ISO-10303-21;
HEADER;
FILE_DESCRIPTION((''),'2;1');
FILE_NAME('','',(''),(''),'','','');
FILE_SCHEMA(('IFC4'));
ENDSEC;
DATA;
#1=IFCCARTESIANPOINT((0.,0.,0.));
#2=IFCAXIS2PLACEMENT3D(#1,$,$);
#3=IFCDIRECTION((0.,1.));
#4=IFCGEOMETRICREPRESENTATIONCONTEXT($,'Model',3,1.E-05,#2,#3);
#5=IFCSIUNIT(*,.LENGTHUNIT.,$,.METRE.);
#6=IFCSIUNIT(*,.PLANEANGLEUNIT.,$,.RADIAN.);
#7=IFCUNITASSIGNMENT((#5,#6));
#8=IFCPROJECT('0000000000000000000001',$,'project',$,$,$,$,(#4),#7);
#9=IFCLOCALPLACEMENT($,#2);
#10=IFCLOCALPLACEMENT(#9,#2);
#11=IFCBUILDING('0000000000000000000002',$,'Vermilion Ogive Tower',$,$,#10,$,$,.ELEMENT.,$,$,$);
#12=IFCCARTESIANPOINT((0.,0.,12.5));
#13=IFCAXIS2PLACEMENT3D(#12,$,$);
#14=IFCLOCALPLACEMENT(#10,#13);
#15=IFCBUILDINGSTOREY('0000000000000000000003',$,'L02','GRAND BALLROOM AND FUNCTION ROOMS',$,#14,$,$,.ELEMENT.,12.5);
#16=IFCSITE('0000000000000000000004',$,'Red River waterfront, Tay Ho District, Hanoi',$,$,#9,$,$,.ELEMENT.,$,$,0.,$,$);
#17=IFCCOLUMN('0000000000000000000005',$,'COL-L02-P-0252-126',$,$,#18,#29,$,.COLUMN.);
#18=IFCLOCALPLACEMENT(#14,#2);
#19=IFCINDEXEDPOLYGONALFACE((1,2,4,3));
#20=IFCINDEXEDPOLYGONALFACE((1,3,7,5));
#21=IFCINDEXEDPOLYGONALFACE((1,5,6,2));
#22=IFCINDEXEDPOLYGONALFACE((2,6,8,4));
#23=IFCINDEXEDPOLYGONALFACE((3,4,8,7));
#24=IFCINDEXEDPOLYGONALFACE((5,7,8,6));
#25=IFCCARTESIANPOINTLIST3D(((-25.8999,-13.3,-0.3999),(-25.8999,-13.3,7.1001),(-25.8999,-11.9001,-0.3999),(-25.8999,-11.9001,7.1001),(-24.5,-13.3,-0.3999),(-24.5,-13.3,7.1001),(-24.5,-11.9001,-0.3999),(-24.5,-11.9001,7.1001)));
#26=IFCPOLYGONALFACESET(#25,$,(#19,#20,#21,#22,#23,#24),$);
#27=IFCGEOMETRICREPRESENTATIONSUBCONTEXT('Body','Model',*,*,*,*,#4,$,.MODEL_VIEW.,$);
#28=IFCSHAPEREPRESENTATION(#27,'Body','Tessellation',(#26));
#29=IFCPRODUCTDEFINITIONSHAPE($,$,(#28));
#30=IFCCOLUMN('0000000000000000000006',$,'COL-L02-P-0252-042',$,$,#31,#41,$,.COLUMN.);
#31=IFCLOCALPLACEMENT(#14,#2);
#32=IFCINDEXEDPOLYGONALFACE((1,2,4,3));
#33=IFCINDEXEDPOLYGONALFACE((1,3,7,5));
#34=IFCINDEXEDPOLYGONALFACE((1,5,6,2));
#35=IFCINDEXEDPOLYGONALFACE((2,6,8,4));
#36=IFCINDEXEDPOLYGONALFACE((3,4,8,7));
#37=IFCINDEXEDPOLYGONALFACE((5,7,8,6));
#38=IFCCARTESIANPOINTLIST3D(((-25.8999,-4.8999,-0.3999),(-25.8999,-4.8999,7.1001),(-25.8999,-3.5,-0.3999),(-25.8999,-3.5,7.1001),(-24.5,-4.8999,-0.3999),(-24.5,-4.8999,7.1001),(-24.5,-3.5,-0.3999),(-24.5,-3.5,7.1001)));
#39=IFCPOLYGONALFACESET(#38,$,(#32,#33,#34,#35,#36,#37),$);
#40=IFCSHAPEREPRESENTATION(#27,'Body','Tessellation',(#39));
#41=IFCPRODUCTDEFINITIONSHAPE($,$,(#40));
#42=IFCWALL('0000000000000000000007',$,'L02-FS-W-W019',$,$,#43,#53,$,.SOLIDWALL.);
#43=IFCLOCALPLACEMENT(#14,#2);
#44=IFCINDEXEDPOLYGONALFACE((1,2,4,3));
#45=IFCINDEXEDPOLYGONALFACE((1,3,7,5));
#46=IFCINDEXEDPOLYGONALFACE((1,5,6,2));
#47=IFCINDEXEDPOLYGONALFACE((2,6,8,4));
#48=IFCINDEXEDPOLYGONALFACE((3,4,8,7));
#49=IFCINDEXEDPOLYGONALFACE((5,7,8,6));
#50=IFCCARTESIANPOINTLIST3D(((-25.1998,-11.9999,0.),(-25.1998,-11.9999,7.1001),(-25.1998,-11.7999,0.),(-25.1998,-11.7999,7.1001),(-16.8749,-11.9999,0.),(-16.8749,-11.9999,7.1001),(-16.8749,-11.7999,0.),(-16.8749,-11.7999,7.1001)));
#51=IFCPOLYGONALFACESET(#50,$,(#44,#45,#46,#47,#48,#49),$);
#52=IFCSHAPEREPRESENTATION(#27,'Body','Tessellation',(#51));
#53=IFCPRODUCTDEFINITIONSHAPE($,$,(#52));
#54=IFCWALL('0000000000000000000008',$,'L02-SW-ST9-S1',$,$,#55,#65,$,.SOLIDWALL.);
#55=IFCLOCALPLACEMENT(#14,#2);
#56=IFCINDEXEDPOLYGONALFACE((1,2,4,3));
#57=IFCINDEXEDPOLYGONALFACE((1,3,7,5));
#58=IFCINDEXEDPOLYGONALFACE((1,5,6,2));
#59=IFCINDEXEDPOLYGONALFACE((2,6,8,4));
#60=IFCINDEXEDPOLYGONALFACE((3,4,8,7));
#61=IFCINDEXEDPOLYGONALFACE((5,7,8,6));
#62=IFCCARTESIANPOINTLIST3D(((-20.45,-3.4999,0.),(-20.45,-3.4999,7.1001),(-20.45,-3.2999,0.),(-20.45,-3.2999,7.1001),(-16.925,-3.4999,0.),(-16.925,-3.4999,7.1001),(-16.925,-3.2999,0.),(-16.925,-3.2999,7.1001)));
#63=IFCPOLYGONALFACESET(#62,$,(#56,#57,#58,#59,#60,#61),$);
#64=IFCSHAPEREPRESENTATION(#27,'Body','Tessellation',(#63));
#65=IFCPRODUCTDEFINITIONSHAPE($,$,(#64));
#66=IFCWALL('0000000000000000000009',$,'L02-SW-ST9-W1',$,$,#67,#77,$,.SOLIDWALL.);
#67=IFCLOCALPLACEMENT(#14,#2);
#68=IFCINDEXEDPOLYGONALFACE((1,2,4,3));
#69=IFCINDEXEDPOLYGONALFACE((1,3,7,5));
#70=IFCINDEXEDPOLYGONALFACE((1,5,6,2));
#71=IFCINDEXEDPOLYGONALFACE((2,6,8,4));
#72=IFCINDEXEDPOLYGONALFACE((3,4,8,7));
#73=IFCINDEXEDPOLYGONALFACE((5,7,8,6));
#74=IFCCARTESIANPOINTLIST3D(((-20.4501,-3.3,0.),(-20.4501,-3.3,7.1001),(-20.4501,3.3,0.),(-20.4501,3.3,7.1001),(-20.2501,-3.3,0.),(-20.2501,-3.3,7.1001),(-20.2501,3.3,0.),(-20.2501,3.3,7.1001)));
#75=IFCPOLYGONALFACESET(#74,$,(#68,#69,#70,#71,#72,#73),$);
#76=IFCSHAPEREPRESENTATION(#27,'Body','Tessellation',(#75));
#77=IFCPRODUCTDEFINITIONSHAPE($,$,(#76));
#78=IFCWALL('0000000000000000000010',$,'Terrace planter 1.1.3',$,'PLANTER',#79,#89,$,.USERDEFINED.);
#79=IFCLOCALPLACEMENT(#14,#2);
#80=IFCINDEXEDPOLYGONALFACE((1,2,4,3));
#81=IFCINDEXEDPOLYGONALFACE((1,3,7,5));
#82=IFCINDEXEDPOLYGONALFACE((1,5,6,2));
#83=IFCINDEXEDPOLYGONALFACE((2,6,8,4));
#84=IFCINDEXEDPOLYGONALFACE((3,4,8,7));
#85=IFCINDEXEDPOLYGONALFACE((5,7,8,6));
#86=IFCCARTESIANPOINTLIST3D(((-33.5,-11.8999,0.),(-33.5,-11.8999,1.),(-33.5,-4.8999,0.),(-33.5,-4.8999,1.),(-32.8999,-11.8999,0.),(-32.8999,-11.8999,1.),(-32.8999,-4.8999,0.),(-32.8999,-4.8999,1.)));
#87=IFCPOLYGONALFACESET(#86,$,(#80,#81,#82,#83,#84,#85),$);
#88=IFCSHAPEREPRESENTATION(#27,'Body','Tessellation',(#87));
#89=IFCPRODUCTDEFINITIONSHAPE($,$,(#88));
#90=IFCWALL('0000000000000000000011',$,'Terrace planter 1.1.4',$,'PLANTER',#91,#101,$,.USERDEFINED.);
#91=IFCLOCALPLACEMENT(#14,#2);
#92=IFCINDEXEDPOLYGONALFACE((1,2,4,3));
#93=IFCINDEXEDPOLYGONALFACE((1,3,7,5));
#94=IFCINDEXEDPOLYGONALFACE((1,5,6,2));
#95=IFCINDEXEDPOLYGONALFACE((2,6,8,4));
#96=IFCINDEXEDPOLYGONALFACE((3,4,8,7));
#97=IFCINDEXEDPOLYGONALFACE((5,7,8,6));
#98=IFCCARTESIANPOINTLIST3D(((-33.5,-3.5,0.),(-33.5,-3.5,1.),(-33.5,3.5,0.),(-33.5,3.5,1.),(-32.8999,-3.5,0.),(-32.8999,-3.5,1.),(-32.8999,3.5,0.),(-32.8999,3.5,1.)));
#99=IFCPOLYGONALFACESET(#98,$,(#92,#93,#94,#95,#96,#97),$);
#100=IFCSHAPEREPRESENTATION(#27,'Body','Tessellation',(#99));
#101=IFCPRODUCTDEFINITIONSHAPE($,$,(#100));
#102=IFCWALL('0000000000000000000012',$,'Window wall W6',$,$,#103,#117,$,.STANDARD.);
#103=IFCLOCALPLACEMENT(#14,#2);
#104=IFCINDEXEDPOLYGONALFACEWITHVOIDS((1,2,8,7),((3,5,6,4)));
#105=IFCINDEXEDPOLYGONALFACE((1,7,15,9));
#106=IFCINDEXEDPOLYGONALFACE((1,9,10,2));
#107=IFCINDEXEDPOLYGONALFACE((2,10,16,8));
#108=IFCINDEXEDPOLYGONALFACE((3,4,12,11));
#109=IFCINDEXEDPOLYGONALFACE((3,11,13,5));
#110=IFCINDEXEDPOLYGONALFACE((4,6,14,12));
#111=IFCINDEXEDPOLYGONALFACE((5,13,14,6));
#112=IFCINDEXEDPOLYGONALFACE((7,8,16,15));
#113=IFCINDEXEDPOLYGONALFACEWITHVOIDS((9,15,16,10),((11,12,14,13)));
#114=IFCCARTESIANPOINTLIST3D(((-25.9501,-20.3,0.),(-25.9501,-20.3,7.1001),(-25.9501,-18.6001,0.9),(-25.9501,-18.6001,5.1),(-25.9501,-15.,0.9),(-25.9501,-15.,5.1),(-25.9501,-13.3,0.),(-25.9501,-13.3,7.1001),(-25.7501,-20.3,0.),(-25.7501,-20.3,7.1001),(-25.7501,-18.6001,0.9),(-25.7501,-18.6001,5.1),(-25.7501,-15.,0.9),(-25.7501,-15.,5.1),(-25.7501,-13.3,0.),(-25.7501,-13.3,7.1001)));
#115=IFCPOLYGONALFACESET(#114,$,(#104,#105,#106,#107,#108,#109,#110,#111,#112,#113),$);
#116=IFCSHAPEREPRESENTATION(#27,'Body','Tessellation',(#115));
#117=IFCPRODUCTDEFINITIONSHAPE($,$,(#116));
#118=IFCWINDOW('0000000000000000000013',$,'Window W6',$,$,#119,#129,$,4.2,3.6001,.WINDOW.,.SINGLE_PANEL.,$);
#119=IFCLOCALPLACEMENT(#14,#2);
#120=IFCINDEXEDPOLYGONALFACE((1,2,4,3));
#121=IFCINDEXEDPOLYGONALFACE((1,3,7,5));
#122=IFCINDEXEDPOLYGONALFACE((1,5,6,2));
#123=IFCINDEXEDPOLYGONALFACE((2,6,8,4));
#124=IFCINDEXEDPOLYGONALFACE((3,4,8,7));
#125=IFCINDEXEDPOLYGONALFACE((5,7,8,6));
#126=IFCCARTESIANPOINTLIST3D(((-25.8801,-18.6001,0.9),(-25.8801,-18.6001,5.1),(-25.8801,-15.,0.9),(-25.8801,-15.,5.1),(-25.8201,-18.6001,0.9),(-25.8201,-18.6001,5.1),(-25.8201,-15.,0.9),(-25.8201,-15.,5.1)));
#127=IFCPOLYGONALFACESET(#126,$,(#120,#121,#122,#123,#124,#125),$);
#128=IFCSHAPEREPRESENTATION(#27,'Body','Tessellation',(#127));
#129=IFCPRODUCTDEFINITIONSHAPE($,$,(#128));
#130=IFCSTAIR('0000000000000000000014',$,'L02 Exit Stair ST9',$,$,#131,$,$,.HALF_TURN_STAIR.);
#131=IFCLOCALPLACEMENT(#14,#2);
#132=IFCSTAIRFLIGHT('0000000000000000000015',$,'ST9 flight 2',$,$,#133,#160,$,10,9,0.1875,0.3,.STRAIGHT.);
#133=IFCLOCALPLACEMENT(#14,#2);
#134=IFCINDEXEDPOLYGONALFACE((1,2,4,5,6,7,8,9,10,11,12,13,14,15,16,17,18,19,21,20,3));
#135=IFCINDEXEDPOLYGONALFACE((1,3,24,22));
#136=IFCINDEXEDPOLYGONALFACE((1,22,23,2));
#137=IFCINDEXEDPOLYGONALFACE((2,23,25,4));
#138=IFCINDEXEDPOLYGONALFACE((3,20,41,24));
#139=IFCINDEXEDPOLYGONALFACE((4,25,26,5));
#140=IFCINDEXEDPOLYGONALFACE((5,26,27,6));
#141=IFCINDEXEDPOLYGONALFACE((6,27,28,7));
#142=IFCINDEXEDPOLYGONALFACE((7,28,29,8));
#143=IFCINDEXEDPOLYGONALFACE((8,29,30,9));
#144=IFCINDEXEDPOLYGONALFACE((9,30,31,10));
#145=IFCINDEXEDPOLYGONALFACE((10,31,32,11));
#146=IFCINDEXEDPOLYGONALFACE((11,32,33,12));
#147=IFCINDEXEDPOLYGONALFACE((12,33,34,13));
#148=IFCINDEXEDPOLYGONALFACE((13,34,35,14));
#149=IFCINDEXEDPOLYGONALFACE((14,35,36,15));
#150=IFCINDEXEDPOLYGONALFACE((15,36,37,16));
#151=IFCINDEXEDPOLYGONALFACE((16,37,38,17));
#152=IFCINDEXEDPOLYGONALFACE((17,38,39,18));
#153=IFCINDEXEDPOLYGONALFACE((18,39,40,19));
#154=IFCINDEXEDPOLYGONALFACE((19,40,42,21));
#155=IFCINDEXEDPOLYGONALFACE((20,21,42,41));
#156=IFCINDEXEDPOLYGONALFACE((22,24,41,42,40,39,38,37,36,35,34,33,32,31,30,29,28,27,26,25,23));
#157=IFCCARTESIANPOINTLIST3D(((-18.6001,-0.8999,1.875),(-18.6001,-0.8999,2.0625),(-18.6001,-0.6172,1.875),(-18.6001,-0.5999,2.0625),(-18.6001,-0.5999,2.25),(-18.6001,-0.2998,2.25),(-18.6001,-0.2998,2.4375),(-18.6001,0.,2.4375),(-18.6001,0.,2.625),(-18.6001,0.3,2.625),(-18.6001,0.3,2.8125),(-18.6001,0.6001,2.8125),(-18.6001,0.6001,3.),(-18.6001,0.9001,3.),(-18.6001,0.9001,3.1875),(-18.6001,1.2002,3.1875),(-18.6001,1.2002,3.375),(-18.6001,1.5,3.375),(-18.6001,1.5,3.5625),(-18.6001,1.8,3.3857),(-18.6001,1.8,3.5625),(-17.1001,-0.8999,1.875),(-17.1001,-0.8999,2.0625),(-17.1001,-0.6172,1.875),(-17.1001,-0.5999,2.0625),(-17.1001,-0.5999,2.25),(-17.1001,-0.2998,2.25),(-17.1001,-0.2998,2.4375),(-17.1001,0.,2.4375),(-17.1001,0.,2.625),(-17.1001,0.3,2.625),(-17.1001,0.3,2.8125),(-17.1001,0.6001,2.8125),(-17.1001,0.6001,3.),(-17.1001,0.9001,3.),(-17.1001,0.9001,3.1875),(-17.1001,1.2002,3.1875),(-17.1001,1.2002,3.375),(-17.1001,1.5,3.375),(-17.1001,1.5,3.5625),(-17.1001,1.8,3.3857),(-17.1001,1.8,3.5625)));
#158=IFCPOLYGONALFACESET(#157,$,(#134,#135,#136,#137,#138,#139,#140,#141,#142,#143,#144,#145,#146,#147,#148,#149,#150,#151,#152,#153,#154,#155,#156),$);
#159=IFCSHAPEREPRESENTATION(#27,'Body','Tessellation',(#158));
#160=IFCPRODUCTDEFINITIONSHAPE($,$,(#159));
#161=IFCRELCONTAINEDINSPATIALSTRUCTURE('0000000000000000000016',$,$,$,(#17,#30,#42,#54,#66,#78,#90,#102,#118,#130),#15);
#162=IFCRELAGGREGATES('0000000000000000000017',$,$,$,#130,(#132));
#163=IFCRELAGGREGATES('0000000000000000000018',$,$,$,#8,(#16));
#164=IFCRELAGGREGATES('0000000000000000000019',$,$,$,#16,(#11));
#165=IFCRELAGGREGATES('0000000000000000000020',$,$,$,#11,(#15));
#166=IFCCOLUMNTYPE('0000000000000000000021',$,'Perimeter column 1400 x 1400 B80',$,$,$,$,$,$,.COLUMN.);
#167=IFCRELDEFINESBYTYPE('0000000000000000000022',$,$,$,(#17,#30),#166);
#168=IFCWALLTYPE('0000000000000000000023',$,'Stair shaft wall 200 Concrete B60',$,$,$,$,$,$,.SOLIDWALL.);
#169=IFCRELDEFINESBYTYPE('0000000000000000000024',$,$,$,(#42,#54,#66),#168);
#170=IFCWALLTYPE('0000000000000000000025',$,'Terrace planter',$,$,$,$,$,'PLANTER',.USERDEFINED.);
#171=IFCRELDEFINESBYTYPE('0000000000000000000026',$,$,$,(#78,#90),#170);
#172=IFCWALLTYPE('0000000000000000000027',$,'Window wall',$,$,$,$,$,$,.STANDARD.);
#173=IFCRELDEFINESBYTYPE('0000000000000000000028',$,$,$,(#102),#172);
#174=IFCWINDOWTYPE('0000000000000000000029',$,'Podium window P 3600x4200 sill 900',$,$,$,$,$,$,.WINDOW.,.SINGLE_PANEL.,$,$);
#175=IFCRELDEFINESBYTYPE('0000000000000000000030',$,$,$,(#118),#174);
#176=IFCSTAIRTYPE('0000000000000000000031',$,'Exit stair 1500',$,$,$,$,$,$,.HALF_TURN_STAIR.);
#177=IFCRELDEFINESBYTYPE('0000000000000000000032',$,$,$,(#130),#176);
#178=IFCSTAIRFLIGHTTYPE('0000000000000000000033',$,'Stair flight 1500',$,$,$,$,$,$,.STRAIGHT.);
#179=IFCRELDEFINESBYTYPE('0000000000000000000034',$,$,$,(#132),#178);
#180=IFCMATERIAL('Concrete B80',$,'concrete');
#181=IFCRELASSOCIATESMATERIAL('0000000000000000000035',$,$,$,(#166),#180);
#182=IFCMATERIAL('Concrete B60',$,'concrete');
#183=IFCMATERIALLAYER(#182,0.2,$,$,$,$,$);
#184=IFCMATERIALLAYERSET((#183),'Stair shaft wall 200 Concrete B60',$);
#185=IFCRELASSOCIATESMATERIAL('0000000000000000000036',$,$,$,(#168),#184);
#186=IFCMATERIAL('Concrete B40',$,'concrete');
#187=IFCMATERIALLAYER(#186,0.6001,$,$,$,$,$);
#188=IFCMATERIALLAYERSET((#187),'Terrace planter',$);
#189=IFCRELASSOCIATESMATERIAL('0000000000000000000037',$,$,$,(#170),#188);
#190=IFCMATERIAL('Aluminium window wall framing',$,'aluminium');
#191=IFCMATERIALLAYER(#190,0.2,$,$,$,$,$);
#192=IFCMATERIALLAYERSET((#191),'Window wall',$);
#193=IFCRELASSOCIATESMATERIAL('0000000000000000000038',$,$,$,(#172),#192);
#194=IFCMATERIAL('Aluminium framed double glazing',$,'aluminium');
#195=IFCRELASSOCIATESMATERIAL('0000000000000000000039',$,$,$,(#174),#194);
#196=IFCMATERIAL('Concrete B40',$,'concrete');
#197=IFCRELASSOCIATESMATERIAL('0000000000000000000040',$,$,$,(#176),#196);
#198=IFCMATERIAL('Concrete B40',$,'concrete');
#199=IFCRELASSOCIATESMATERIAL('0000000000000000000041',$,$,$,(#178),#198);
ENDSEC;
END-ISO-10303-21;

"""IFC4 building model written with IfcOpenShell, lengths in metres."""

from ifc_helpers import new_model, si_unit, direction, frame, frame_2d, origin, origin_2d, place, context, subcontext, project, spatial, polyline, rectangle, outline, extrude, material, layer, layer_set, material_profile, profile_set, type_object, element, fill, aggregate, save


model = new_model("IFC4")

# Units and contexts
model_context = context("Model", 3, precision=1e-05, world=origin(), true_north=direction((0.0, 1.0)))
body_context = subcontext(model_context, "Body", "Model", "MODEL_VIEW")
ifc_project = project(units=[si_unit("LENGTHUNIT", "METRE"), si_unit("PLANEANGLEUNIT", "RADIAN")], contexts=[model_context])

# Site, building, storey
site_placement = place(None, origin())
site = spatial("IfcSite", under=ifc_project, at=site_placement, Name="Red River waterfront, Tay Ho District, Hanoi", CompositionType="ELEMENT", RefElevation=0.0)
building_placement = place(site_placement, origin())
building = spatial("IfcBuilding", under=site, at=building_placement, Name="Vermilion Ogive Tower", CompositionType="ELEMENT")
storey_placement = place(building_placement, frame((0.0, 0.0, 12.5)))
storey = spatial("IfcBuildingStorey", under=building, at=storey_placement, Name="L02", Description="GRAND BALLROOM AND FUNCTION ROOMS", CompositionType="ELEMENT", Elevation=12.5)

# Columns
ifc_material_1 = material(Name="Concrete B80", Category="concrete")
ifc_material_profile = material_profile(ifc_material_1, rectangle(XDim=1.3999, YDim=1.3999, at=origin_2d()), Name="1400 x 1400")
ifc_profile_set = profile_set([ifc_material_profile], Name="Concrete B80")
column_type = type_object("IfcColumnType", Name="Perimeter column 1400 x 1400 B80", PredefinedType="COLUMN", material=ifc_profile_set)
for number, where, z_axis, x_axis, name in (
    (1, (-25.2, -12.6001, -0.3999), (0.0, 0.0, 1.0), (1.0, 0.0, 0.0), "COL-L02-P-0252-126"),
    (2, (-25.2, -4.2, -0.3999), (0.0, 0.0, 1.0), (1.0, 0.0, 0.0), "COL-L02-P-0252-042"),
):
    element("IfcColumn", number, at=place(storey_placement, frame(where, z_axis=z_axis, x_axis=x_axis)), inside=storey, type_object=column_type, Name=name, PredefinedType="COLUMN", context=body_context, shape_type="SweptSolid", body=[
        extrude(rectangle(XDim=1.3999, YDim=1.3999, at=origin_2d()), origin(), (0.0, 0.0, 1.0), 7.5),
    ])

# Walls
ifc_material_2 = material(Name="Concrete B60", Category="concrete")
ifc_layer_1 = layer(ifc_material_2, 0.2)
ifc_layer_set_1 = layer_set([ifc_layer_1], Name="Stair shaft wall 200 Concrete B60")
wall_type_1 = type_object("IfcWallType", Name="Stair shaft wall 200 Concrete B60", PredefinedType="SOLIDWALL", material=ifc_layer_set_1)
wall_1_placement = place(storey_placement, frame((-25.2, -11.8999, 0.0), z_axis=(0.0, 0.0, 1.0), x_axis=(1.0, 0.0, 0.0)))
element("IfcWall", 3, at=wall_1_placement, inside=storey, type_object=wall_type_1, Name="L02-FS-W-W019", PredefinedType="SOLIDWALL", context=body_context, shape_type="SweptSolid", body=[
    extrude(rectangle(XDim=8.325, YDim=0.2, at=frame_2d((4.1626, 0.0))), origin(), (0.0, 0.0, 1.0), 7.1001),
])
wall_2_placement = place(storey_placement, frame((-20.45, -3.3999, 0.0), z_axis=(0.0, 0.0, 1.0), x_axis=(1.0, 0.0, 0.0)))
element("IfcWall", 4, at=wall_2_placement, inside=storey, type_object=wall_type_1, Name="L02-SW-ST9-S1", PredefinedType="SOLIDWALL", context=body_context, shape_type="SweptSolid", body=[
    extrude(rectangle(XDim=3.5249, YDim=0.2, at=frame_2d((1.7625, 0.0))), origin(), (0.0, 0.0, 1.0), 7.1001),
])
wall_3_placement = place(storey_placement, frame((-20.3501, -3.3, 0.0), z_axis=(0.0, 0.0, 1.0), x_axis=(0.0, 1.0, 0.0)))
element("IfcWall", 5, at=wall_3_placement, inside=storey, type_object=wall_type_1, Name="L02-SW-ST9-W1", PredefinedType="SOLIDWALL", context=body_context, shape_type="SweptSolid", body=[
    extrude(rectangle(XDim=6.6001, YDim=0.2, at=frame_2d((3.3, 0.0))), origin(), (0.0, 0.0, 1.0), 7.1001),
])
ifc_material_3 = material(Name="Concrete B40", Category="concrete")
ifc_layer_2 = layer(ifc_material_3, 0.6001)
ifc_layer_set_2 = layer_set([ifc_layer_2], Name="Terrace planter")
wall_type_2 = type_object("IfcWallType", Name="Terrace planter", ElementType="PLANTER", PredefinedType="USERDEFINED", material=ifc_layer_set_2)
for number, where, z_axis, x_axis, name in (
    (6, (-33.2, -11.8999, 0.0), (0.0, 0.0, 1.0), (0.0, 1.0, 0.0), "Terrace planter 1.1.3"),
    (7, (-33.2, -3.5, 0.0), (0.0, 0.0, 1.0), (0.0, 1.0, 0.0), "Terrace planter 1.1.4"),
):
    element("IfcWall", number, at=place(storey_placement, frame(where, z_axis=z_axis, x_axis=x_axis)), inside=storey, type_object=wall_type_2, Name=name, ObjectType="PLANTER", PredefinedType="USERDEFINED", context=body_context, shape_type="SweptSolid", body=[
        extrude(rectangle(XDim=7.0, YDim=0.6001, at=frame_2d((3.5, 0.0))), origin(), (0.0, 0.0, 1.0), 1.0),
    ])

# Shared definitions
ifc_material_4 = material(Name="Aluminium window wall framing", Category="aluminium")
ifc_layer_3 = layer(ifc_material_4, 0.2)
ifc_layer_set_3 = layer_set([ifc_layer_3], Name="Window wall")
wall_type_3 = type_object("IfcWallType", Name="Window wall", PredefinedType="STANDARD", material=ifc_layer_set_3)

# Wall, opening, window
wall_4_placement = place(storey_placement, frame((-25.8501, -13.3, 0.0), z_axis=(0.0, 0.0, 1.0), x_axis=(0.0, -1.0, 0.0)))
wall_4 = element("IfcWall", 8, at=wall_4_placement, inside=storey, type_object=wall_type_3, Name="Window wall W6", PredefinedType="STANDARD", context=body_context, shape_type="SweptSolid", body=[
    extrude(rectangle(XDim=7.0, YDim=0.2, at=frame_2d((3.5, 0.0))), origin(), (0.0, 0.0, 1.0), 7.1001),
])
opening_1_placement = place(wall_4_placement, frame((1.7, 0.0, 0.8999)))
opening_1 = element("IfcOpeningElement", 9, at=opening_1_placement, cuts=wall_4, PredefinedType="OPENING", context=body_context, shape_type="SweptSolid", body=[
    extrude(rectangle(XDim=3.6001, YDim=4.2, at=frame_2d((1.8, 2.1001))), frame((0.0, 0.1099, 0.0), z_axis=(0.0, -1.0, 0.0), x_axis=(1.0, 0.0, 0.0)), (0.0, 0.0, 1.0), 0.22),
])
ifc_material_5 = material(Name="Aluminium framed double glazing", Category="aluminium")
window_type_1 = type_object("IfcWindowType", Name="Podium window P 3600x4200 sill 900", PartitioningType="SINGLE_PANEL", PredefinedType="WINDOW", material=ifc_material_5)
window_1_placement = place(opening_1_placement, origin())
window_1 = element("IfcWindow", 10, at=window_1_placement, inside=storey, type_object=window_type_1, Name="Window W6", OverallHeight=4.2, OverallWidth=3.6001, PartitioningType="SINGLE_PANEL", PredefinedType="WINDOW", context=body_context, shape_type="SweptSolid", body=[
    extrude(rectangle(XDim=3.6001, YDim=4.2, at=frame_2d((1.8, 2.1001))), frame((0.0, 0.03, 0.0), z_axis=(0.0, -1.0, 0.0), x_axis=(1.0, 0.0, 0.0)), (0.0, 0.0, 1.0), 0.0601),
])
fill(opening_1, window_1)

# Stair, stair flight
ifc_material_6 = material(Name="Concrete B40", Category="concrete")
stair_type = type_object("IfcStairType", Name="Exit stair 1500", PredefinedType="HALF_TURN_STAIR", material=ifc_material_6)
stair_1_placement = place(storey_placement, origin())
stair_1 = element("IfcStair", 11, at=stair_1_placement, inside=storey, type_object=stair_type, Name="L02 Exit Stair ST9", PredefinedType="HALF_TURN_STAIR")
ifc_material_7 = material(Name="Concrete B40", Category="concrete")
stair_flight_type = type_object("IfcStairFlightType", Name="Stair flight 1500", PredefinedType="STRAIGHT", material=ifc_material_7)
stair_flight_1_placement = place(storey_placement, frame((-17.8501, -0.8999, 1.875), z_axis=(0.0, 0.0, 1.0), x_axis=(0.0, 1.0, 0.0)))
stair_flight_1 = element("IfcStairFlight", 12, at=stair_flight_1_placement, type_object=stair_flight_type, Name="ST9 flight 2", NumberOfRisers=10, NumberOfTreads=9, PredefinedType="STRAIGHT", RiserHeight=0.1875, TreadLength=0.3, context=body_context, shape_type="SweptSolid", body=[
    extrude(outline(polyline([(0.0, 0.0), (0.0, 0.1875), (0.3, 0.1875), (0.3, 0.375), (0.6001, 0.375), (0.6001, 0.5625), (0.8999, 0.5625), (0.8999, 0.75), (1.2, 0.75), (1.2, 0.9375), (1.5, 0.9375), (1.5, 1.125), (1.8, 1.125), (1.8, 1.3125), (2.1001, 1.3125), (2.1001, 1.5), (2.3999, 1.5), (2.3999, 1.6875), (2.7, 1.6875), (2.7, 1.875), (2.7, 1.5107), (0.2827, 0.0), (0.0, 0.0)])), frame((0.0, 0.75, 0.0), z_axis=(0.0, -1.0, 0.0), x_axis=(1.0, 0.0, 0.0)), (0.0, 0.0, 1.0), 1.5),
])
aggregate(stair_1, [stair_flight_1])

save(model, "model.ifc")
